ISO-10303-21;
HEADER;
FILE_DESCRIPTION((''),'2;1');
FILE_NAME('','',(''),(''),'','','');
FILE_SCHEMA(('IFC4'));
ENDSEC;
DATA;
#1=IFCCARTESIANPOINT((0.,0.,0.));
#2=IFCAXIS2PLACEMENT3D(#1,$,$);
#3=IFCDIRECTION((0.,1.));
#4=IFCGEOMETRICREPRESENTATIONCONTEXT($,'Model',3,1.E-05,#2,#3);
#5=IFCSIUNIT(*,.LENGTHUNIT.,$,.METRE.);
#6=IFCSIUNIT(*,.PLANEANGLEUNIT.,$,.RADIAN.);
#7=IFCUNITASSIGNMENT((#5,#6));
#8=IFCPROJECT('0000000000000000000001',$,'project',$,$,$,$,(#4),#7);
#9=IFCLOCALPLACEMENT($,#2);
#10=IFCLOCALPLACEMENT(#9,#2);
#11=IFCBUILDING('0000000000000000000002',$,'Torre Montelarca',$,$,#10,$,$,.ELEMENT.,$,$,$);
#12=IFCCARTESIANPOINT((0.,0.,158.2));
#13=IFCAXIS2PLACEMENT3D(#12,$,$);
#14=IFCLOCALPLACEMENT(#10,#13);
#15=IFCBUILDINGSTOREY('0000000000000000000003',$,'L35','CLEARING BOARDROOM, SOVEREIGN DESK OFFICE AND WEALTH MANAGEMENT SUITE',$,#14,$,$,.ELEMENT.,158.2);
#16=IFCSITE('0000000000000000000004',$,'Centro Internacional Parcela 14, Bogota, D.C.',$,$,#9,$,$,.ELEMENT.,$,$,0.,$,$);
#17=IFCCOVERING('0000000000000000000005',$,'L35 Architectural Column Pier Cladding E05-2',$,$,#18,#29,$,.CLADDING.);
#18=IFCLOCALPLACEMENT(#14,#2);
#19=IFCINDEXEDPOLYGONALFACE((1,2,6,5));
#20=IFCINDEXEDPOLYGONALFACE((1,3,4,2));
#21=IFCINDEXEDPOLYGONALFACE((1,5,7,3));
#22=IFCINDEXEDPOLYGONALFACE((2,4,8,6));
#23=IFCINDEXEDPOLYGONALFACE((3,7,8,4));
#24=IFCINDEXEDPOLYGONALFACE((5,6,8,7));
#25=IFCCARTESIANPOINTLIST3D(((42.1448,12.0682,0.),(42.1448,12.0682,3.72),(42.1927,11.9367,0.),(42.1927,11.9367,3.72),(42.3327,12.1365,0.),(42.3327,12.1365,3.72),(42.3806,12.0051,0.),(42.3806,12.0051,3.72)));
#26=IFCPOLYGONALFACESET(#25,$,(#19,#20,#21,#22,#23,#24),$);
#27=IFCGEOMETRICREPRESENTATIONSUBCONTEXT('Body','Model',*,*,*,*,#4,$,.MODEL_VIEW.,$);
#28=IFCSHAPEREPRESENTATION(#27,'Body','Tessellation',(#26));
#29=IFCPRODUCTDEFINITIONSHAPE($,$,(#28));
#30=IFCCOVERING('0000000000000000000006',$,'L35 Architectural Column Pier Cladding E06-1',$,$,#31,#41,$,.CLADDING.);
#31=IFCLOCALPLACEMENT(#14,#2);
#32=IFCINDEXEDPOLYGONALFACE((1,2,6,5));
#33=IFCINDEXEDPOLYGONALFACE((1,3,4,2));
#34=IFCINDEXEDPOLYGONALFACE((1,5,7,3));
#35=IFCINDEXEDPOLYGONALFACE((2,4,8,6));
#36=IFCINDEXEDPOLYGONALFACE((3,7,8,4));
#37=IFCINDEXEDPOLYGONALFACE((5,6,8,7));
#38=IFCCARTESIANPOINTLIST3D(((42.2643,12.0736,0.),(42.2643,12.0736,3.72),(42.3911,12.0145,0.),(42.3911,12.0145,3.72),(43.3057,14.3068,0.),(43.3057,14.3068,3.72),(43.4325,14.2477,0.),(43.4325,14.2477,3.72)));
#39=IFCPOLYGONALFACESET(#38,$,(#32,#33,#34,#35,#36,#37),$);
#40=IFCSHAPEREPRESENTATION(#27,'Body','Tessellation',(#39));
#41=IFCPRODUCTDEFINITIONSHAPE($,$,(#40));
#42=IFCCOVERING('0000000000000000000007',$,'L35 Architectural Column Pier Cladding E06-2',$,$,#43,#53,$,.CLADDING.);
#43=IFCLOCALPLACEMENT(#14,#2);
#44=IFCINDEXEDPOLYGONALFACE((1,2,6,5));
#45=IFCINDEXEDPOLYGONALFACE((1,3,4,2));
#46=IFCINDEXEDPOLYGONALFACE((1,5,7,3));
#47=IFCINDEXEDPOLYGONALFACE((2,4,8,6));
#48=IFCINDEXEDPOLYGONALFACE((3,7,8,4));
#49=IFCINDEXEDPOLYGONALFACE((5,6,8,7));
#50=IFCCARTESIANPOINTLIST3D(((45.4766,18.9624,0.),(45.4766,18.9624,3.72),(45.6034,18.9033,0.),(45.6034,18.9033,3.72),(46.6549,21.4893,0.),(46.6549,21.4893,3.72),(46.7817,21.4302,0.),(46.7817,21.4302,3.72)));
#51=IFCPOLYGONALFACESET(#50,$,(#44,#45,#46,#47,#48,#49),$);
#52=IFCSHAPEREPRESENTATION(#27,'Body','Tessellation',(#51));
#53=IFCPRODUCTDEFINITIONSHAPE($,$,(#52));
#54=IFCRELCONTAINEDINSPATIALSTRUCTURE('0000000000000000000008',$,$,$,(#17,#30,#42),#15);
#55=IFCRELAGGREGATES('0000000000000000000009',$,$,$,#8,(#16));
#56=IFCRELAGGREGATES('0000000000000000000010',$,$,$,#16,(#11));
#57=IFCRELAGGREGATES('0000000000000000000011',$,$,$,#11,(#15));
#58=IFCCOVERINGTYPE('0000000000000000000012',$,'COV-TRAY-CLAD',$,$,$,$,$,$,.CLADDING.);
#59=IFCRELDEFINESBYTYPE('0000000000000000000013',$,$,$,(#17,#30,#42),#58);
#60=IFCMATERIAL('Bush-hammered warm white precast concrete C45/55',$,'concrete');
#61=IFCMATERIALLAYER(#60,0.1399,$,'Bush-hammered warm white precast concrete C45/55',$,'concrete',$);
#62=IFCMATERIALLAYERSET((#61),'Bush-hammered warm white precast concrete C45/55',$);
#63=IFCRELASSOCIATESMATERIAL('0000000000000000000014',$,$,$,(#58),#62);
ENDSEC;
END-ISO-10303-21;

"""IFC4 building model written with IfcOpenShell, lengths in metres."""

from ifc_helpers import new_model, si_unit, direction, frame, origin, origin_2d, place, context, subcontext, project, spatial, rectangle, extrude, source, transform, mapped, material, layer, layer_set, type_object, element, save


model = new_model("IFC4")

# Units and contexts
model_context = context("Model", 3, precision=1e-05, world=origin(), true_north=direction((0.0, 1.0)))
body_context = subcontext(model_context, "Body", "Model", "MODEL_VIEW")
ifc_project = project(units=[si_unit("LENGTHUNIT", "METRE"), si_unit("PLANEANGLEUNIT", "RADIAN")], contexts=[model_context])

# Site, building, storey
site_placement = place(None, origin())
site = spatial("IfcSite", under=ifc_project, at=site_placement, Name="Centro Internacional Parcela 14, Bogota, D.C.", CompositionType="ELEMENT", RefElevation=0.0)
building_placement = place(site_placement, origin())
building = spatial("IfcBuilding", under=site, at=building_placement, Name="Torre Montelarca", CompositionType="ELEMENT")
storey_placement = place(building_placement, frame((0.0, 0.0, 158.2)))
storey = spatial("IfcBuildingStorey", under=building, at=storey_placement, Name="L35", Description="CLEARING BOARDROOM, SOVEREIGN DESK OFFICE AND WEALTH MANAGEMENT SUITE", CompositionType="ELEMENT", Elevation=158.2)

# Coverings
ifc_material_1 = material(Name="Bush-hammered warm white precast concrete C45/55", Category="concrete")
ifc_layer_1 = layer(ifc_material_1, 0.1399, Name="Bush-hammered warm white precast concrete C45/55", Category="concrete")
ifc_layer_set_1 = layer_set([ifc_layer_1], Name="Bush-hammered warm white precast concrete C45/55")
covering_type = type_object("IfcCoveringType", Name="COV-TRAY-CLAD", PredefinedType="CLADDING", material=ifc_layer_set_1)
shared_shape_1 = source(origin(), body_context, "Body", "SweptSolid", [
    extrude(rectangle(XDim=0.2, YDim=0.1399, at=origin_2d()), origin(), (0.0, 0.0, 1.0), 3.72),
])
covering_1_placement = place(storey_placement, frame((42.2627, 12.0366, 0.0), z_axis=(0.0, 0.0, 1.0), x_axis=(0.939696, 0.342012, 0.0)))
element("IfcCovering", 1, at=covering_1_placement, inside=storey, type_object=covering_type, Name="L35 Architectural Column Pier Cladding E05-2", PredefinedType="CLADDING", context=body_context, shape_type="MappedRepresentation", body=[
    mapped(shared_shape_1, transform((0.0, 0.0, 0.0), scale=1.0)),
])
shared_shape_2 = source(origin(), body_context, "Body", "SweptSolid", [
    extrude(rectangle(XDim=2.4641, YDim=0.1399, at=origin_2d()), origin(), (0.0, 0.0, 1.0), 3.72),
])
covering_2_placement = place(storey_placement, frame((42.8484, 13.1606, 0.0), z_axis=(0.0, 0.0, 1.0), x_axis=(0.422617, 0.906309, 0.0)))
element("IfcCovering", 2, at=covering_2_placement, inside=storey, type_object=covering_type, Name="L35 Architectural Column Pier Cladding E06-1", PredefinedType="CLADDING", context=body_context, shape_type="MappedRepresentation", body=[
    mapped(shared_shape_2, transform((0.0, 0.0, 0.0), scale=1.0)),
])
shared_shape_3 = source(origin(), body_context, "Body", "SweptSolid", [
    extrude(rectangle(XDim=2.7881, YDim=0.1399, at=origin_2d()), origin(), (0.0, 0.0, 1.0), 3.72),
])
covering_3_placement = place(storey_placement, frame((46.1292, 20.1963, 0.0), z_axis=(0.0, 0.0, 1.0), x_axis=(0.422617, 0.906309, 0.0)))
element("IfcCovering", 3, at=covering_3_placement, inside=storey, type_object=covering_type, Name="L35 Architectural Column Pier Cladding E06-2", PredefinedType="CLADDING", context=body_context, shape_type="MappedRepresentation", body=[
    mapped(shared_shape_3, transform((0.0, 0.0, 0.0), scale=1.0)),
])

save(model, "model.ifc")
